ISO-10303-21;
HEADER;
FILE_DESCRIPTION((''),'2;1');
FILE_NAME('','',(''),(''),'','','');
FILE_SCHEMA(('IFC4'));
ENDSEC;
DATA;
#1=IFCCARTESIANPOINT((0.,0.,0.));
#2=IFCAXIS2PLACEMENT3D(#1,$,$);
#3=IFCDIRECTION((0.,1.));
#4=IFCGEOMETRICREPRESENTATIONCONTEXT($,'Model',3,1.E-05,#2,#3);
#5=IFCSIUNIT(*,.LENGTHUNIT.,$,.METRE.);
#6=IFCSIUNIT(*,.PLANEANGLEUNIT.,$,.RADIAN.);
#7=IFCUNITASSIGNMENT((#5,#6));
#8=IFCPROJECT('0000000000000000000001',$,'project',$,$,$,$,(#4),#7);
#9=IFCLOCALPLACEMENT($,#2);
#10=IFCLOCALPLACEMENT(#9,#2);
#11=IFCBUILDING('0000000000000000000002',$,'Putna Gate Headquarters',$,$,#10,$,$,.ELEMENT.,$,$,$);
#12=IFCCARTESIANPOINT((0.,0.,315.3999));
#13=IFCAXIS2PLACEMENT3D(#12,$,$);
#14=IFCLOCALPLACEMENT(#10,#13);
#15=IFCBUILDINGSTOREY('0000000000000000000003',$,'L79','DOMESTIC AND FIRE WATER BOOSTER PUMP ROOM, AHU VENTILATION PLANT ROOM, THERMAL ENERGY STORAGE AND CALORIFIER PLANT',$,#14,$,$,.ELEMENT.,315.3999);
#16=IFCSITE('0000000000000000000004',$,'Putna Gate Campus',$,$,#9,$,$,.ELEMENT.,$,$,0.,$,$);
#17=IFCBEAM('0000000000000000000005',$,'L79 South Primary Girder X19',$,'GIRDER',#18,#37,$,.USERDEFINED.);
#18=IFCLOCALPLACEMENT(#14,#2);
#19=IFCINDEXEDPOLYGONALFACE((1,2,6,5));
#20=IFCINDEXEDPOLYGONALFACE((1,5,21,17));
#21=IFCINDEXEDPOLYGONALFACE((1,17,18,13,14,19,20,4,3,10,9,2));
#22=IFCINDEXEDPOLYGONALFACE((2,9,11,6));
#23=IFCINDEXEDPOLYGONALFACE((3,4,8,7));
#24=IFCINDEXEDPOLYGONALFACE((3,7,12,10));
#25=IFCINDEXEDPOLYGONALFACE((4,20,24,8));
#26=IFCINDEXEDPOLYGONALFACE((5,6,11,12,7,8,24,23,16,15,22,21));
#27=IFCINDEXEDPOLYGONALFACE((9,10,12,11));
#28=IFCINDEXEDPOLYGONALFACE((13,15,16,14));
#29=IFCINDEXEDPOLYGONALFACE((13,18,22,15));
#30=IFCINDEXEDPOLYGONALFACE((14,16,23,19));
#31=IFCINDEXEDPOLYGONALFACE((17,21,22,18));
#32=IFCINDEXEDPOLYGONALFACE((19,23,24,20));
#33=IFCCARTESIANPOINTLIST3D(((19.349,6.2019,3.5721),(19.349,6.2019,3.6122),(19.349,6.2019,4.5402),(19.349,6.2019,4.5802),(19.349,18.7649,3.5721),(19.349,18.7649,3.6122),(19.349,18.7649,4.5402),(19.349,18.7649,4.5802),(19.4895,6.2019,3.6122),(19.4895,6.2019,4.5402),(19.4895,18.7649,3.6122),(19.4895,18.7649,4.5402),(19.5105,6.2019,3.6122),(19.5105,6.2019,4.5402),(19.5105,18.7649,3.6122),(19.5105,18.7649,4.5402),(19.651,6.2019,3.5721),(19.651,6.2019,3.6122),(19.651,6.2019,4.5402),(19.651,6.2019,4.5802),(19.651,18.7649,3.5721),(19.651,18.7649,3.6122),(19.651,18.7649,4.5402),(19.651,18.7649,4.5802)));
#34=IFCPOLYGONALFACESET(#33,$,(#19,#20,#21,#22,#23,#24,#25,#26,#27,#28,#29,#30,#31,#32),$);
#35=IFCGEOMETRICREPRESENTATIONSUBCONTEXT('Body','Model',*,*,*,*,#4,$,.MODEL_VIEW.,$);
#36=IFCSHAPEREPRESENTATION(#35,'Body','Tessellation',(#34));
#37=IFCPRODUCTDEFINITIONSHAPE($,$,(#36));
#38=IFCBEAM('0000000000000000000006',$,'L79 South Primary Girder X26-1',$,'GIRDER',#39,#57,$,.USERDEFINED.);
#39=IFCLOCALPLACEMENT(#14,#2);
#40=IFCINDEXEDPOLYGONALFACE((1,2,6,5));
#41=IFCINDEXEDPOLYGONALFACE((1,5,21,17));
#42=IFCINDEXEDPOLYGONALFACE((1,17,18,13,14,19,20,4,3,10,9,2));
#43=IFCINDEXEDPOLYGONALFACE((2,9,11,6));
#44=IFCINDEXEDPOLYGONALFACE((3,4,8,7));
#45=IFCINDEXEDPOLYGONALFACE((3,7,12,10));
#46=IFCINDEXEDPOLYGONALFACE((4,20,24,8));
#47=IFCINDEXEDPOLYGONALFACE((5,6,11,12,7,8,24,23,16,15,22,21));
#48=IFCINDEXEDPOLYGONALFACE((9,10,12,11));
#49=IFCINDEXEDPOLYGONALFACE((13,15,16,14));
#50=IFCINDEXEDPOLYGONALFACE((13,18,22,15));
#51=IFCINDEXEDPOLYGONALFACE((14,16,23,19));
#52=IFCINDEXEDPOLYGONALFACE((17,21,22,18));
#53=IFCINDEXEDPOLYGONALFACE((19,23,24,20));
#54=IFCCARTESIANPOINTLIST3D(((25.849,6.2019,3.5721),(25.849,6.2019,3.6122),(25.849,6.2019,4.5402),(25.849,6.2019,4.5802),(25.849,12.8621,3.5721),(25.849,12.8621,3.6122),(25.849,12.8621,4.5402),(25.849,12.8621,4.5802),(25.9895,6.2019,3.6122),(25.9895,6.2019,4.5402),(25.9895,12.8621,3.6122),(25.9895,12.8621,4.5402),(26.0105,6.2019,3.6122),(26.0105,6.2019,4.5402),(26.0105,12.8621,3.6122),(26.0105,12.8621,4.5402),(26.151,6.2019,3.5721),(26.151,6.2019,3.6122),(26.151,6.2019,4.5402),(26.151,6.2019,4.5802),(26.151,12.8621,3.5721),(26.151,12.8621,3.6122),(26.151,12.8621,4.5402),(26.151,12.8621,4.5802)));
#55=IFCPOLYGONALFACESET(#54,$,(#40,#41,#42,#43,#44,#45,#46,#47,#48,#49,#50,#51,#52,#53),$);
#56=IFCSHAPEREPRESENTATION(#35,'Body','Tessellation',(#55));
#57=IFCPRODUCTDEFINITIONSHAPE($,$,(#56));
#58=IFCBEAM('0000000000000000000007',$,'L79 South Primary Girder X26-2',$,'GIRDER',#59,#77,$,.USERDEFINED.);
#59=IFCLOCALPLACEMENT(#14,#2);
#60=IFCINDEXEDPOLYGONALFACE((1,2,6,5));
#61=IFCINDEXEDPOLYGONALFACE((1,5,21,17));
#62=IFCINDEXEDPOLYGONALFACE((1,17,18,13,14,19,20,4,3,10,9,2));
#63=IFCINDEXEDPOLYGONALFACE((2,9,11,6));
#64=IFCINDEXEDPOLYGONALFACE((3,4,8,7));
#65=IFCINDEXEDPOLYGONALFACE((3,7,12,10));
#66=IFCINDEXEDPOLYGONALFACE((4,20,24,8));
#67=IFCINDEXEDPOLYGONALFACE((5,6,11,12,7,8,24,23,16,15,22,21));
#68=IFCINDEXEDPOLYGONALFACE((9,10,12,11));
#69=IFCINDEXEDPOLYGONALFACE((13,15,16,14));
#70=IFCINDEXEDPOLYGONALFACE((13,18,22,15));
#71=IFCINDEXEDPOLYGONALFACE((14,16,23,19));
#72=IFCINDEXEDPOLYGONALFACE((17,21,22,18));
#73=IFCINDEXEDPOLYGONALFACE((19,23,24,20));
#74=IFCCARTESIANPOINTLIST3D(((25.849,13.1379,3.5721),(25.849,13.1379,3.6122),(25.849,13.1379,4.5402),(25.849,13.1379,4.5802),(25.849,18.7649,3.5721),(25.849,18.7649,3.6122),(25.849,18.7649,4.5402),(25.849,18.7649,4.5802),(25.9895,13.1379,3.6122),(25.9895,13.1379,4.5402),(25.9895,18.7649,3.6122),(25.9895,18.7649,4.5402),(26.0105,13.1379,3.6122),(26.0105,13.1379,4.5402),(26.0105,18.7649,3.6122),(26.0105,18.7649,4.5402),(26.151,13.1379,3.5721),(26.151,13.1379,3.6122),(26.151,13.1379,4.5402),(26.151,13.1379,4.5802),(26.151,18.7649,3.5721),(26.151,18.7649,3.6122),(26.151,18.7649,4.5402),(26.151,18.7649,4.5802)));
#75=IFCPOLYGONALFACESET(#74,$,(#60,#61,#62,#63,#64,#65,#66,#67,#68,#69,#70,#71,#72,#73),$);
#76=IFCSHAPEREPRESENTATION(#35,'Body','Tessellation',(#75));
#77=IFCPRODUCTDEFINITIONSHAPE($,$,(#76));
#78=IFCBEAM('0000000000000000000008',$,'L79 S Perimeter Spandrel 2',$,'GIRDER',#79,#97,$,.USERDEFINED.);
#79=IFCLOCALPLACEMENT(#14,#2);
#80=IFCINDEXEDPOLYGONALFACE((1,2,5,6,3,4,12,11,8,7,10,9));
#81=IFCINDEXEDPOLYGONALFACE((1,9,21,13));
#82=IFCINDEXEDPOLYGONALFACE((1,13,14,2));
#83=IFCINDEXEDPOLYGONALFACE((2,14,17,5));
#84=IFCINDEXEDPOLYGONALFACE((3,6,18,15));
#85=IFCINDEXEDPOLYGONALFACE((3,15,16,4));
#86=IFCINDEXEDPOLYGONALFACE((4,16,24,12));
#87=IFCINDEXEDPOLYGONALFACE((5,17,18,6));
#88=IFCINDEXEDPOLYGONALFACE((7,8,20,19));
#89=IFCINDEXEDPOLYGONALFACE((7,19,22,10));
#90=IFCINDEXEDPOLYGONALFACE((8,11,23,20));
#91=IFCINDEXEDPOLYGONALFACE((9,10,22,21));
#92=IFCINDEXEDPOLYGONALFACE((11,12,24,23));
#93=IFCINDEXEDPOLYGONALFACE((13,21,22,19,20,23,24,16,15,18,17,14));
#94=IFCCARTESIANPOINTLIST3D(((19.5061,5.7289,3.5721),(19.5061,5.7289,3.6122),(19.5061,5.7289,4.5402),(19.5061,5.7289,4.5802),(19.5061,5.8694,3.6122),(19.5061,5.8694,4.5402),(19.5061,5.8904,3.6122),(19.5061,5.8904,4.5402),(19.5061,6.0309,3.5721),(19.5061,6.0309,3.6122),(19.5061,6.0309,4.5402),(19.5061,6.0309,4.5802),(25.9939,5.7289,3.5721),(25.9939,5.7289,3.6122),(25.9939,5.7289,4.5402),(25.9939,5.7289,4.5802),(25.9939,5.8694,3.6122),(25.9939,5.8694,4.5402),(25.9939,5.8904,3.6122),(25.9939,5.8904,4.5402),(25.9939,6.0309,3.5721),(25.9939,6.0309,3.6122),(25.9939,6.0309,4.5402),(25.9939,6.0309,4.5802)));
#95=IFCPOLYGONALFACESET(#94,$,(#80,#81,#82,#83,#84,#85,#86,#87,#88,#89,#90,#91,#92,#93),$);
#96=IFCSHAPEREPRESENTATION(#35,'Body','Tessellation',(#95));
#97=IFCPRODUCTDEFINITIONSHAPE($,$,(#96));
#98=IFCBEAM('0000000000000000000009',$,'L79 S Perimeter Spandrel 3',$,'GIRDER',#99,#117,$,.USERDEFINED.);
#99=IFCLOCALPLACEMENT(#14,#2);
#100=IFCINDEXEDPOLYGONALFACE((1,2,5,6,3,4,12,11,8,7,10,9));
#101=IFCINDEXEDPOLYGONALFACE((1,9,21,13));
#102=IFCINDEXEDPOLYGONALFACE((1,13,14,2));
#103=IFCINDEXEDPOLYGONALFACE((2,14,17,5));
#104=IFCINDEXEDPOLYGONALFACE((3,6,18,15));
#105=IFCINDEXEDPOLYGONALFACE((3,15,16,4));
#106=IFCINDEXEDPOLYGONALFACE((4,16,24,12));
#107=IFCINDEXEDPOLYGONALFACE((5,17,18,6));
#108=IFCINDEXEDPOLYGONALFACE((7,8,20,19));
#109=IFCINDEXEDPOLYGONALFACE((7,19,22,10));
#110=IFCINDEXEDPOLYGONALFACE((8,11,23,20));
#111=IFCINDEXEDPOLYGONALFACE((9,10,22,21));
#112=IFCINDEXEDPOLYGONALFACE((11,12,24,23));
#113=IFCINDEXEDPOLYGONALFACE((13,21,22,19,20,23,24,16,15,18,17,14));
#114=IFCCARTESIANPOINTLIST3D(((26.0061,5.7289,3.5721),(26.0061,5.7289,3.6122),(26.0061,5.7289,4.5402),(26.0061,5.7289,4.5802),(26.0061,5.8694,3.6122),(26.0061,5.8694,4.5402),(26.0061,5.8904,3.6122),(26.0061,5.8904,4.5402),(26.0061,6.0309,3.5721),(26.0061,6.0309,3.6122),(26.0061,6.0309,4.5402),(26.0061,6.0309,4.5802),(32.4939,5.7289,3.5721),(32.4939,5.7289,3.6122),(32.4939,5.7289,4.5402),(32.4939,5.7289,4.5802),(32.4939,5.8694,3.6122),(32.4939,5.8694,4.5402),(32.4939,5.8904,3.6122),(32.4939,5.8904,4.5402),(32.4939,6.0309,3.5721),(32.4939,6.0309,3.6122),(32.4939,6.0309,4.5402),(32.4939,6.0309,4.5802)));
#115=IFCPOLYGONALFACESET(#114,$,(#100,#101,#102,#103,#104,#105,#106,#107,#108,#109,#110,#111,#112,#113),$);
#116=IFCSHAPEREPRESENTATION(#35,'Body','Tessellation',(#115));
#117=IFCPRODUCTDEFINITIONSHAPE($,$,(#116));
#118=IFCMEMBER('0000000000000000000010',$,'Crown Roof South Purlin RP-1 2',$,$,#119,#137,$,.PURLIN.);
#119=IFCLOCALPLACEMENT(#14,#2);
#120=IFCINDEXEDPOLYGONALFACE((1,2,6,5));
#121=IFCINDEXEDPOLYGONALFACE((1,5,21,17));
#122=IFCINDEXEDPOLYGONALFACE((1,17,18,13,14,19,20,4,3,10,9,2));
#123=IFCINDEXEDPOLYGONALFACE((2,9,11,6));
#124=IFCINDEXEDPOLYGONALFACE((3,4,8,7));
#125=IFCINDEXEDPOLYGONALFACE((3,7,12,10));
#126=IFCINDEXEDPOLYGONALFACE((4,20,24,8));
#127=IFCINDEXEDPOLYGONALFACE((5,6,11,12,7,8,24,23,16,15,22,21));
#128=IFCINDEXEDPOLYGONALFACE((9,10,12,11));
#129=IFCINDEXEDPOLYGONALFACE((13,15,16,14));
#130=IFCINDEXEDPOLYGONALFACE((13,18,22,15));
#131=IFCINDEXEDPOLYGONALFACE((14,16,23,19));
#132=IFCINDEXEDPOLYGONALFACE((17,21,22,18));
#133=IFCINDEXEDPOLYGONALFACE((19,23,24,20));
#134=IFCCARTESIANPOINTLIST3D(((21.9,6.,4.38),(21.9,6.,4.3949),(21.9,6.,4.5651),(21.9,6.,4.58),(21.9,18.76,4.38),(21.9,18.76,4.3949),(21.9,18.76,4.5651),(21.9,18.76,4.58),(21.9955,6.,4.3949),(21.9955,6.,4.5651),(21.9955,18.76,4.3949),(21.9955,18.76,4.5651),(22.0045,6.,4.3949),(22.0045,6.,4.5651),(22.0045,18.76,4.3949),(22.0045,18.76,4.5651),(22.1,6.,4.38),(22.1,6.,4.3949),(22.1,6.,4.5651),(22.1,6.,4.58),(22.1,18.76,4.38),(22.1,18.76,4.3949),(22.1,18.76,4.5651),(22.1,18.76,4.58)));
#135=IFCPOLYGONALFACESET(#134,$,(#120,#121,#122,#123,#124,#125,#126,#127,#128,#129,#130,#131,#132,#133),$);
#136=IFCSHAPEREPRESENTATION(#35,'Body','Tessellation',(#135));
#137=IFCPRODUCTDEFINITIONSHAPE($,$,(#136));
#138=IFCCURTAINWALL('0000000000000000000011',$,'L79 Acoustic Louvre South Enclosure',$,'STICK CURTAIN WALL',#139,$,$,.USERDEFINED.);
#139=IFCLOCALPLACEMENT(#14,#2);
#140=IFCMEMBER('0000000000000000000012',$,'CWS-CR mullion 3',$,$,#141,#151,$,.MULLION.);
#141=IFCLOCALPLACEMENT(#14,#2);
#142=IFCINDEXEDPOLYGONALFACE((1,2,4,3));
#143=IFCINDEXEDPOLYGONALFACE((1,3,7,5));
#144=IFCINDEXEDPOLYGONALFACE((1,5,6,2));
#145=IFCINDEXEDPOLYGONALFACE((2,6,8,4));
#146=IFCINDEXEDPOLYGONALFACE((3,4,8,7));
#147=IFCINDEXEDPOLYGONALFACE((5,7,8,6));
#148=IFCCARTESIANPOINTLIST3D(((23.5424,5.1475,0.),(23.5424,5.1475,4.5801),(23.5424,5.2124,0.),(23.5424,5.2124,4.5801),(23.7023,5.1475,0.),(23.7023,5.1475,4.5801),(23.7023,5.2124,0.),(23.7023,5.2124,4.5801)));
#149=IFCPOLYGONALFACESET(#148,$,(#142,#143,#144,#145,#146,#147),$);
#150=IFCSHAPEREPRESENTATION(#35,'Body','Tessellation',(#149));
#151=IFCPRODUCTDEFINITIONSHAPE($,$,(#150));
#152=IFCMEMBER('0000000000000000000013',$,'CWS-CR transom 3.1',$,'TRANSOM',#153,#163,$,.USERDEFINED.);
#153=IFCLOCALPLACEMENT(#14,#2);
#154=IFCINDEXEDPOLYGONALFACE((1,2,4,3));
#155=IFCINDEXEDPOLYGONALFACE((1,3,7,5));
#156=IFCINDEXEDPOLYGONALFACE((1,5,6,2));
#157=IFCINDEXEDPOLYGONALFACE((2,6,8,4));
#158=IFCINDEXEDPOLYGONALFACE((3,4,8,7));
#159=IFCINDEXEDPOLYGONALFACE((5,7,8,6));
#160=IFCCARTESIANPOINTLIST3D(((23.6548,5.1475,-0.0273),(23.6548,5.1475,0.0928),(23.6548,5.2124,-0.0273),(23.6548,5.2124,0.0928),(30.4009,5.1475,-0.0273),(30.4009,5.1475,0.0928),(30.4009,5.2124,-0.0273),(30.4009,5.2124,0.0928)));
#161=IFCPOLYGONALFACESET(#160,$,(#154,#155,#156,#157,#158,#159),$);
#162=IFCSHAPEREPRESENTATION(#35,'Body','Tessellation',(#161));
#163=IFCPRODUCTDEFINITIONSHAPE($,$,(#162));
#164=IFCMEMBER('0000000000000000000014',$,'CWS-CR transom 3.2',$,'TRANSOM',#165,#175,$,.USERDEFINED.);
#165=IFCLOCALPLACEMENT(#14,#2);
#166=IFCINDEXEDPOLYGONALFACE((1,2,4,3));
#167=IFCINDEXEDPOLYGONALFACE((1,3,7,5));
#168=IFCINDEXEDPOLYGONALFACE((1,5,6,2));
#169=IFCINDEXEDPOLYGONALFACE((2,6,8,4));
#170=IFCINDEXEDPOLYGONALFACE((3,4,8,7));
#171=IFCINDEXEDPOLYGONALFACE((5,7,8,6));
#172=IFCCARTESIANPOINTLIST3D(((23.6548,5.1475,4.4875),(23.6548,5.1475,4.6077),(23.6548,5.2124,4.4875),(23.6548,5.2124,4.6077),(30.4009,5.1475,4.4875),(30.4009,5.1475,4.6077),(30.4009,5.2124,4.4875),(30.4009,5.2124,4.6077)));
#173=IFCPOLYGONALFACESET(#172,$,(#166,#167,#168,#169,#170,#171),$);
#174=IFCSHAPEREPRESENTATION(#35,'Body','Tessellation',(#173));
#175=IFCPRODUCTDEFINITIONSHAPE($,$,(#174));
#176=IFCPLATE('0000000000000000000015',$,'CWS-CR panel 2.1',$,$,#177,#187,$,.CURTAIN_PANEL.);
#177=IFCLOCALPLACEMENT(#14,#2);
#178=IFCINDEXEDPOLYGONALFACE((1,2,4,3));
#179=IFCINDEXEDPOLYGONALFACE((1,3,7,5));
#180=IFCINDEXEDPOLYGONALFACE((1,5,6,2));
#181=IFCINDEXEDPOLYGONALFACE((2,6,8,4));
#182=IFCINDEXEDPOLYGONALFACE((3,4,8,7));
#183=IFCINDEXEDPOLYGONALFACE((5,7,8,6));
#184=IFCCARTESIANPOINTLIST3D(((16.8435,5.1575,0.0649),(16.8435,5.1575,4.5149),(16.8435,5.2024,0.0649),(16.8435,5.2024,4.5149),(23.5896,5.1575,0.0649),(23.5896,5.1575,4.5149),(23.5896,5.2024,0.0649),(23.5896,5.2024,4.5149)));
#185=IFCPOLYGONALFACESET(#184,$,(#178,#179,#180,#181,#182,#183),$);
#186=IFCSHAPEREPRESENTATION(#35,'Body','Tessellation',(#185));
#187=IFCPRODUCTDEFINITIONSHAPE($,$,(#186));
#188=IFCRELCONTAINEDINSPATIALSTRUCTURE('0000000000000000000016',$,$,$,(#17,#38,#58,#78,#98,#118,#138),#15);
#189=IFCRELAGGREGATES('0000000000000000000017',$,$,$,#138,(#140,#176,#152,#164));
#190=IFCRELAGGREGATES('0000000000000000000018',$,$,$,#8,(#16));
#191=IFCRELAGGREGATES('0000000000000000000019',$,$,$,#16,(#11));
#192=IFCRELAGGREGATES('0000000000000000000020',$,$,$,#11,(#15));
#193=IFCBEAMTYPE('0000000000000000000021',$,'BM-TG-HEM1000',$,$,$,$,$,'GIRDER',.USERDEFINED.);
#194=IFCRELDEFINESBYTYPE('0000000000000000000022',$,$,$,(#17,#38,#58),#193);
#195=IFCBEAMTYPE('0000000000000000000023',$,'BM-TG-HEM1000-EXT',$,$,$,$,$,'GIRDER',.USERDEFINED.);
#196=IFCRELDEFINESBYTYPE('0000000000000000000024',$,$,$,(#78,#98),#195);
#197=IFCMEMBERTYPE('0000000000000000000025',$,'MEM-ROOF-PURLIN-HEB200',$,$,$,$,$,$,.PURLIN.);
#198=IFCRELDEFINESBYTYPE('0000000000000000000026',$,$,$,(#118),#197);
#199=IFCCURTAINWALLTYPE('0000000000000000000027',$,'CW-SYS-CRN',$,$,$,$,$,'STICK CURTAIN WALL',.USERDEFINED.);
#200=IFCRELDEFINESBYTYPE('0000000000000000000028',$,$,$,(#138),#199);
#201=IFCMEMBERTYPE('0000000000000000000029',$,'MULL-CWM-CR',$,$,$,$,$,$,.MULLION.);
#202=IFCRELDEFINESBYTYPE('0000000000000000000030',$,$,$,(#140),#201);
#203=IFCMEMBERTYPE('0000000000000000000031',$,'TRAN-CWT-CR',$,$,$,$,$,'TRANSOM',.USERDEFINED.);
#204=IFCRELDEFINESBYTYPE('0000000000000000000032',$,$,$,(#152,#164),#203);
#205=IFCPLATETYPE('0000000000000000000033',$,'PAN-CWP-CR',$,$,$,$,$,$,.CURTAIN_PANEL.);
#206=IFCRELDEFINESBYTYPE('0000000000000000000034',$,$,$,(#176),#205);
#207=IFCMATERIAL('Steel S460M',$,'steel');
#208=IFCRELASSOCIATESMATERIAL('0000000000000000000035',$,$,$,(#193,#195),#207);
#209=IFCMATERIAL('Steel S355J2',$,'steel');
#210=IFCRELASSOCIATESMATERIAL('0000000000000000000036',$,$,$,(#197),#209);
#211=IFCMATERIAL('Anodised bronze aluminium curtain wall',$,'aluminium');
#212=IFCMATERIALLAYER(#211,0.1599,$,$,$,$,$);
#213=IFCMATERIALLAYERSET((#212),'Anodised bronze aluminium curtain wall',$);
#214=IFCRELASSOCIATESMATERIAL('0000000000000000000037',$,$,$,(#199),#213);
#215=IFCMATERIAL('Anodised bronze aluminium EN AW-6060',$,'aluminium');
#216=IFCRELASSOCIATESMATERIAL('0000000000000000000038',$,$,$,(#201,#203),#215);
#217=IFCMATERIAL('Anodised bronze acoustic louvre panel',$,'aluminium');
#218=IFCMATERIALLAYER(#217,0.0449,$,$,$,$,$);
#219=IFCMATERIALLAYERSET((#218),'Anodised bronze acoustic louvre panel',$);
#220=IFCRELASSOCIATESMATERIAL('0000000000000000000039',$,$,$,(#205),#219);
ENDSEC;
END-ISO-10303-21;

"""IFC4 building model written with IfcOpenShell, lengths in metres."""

from ifc_helpers import new_model, si_unit, direction, frame, origin, origin_2d, place, context, subcontext, project, spatial, rectangle, i_section, extrude, material, layer, layer_set, material_profile, profile_set, type_object, element, aggregate, save


model = new_model("IFC4")

# Units and contexts
model_context = context("Model", 3, precision=1e-05, world=origin(), true_north=direction((0.0, 1.0)))
body_context = subcontext(model_context, "Body", "Model", "MODEL_VIEW")
ifc_project = project(units=[si_unit("LENGTHUNIT", "METRE"), si_unit("PLANEANGLEUNIT", "RADIAN")], contexts=[model_context])

# Site, building, storey
site_placement = place(None, origin())
site = spatial("IfcSite", under=ifc_project, at=site_placement, Name="Putna Gate Campus", CompositionType="ELEMENT", RefElevation=0.0)
building_placement = place(site_placement, origin())
building = spatial("IfcBuilding", under=site, at=building_placement, Name="Putna Gate Headquarters", CompositionType="ELEMENT")
storey_placement = place(building_placement, frame((0.0, 0.0, 315.3999)))
storey = spatial("IfcBuildingStorey", under=building, at=storey_placement, Name="L79", Description="DOMESTIC AND FIRE WATER BOOSTER PUMP ROOM, AHU VENTILATION PLANT ROOM, THERMAL ENERGY STORAGE AND CALORIFIER PLANT", CompositionType="ELEMENT", Elevation=315.3999)

# Shared definitions
ifc_material_1 = material(Name="Steel S460M", Category="steel")

# Beams
ifc_material_2 = material(Name="Steel S355J2", Category="steel")
ifc_material_profile_1 = material_profile(ifc_material_1, i_section(OverallWidth=0.302, OverallDepth=1.0081, WebThickness=0.021, FlangeThickness=0.04, at=origin_2d()), Name="Steel S460M")
ifc_profile_set_1 = profile_set([ifc_material_profile_1], Name="Steel S460M")
beam_type_1 = type_object("IfcBeamType", Name="BM-TG-HEM1000", ElementType="GIRDER", PredefinedType="USERDEFINED", material=ifc_profile_set_1)
beam_1_placement = place(storey_placement, frame((19.5, 6.2019, 4.0762), z_axis=(0.0, 1.0, 0.0), x_axis=(-1.0, 0.0, 0.0)))
element("IfcBeam", 1, at=beam_1_placement, inside=storey, type_object=beam_type_1, Name="L79 South Primary Girder X19", ObjectType="GIRDER", PredefinedType="USERDEFINED", context=body_context, shape_type="SweptSolid", body=[
    extrude(i_section(OverallWidth=0.302, OverallDepth=1.0081, WebThickness=0.021, FlangeThickness=0.04, at=origin_2d()), origin(), (0.0, 0.0, 1.0), 12.563),
])
beam_2_placement = place(storey_placement, frame((26.0, 6.2019, 4.0762), z_axis=(0.0, 1.0, 0.0), x_axis=(-1.0, 0.0, 0.0)))
element("IfcBeam", 2, at=beam_2_placement, inside=storey, type_object=beam_type_1, Name="L79 South Primary Girder X26-1", ObjectType="GIRDER", PredefinedType="USERDEFINED", context=body_context, shape_type="SweptSolid", body=[
    extrude(i_section(OverallWidth=0.302, OverallDepth=1.0081, WebThickness=0.021, FlangeThickness=0.04, at=origin_2d()), origin(), (0.0, 0.0, 1.0), 6.6602),
])
beam_3_placement = place(storey_placement, frame((26.0, 13.1379, 4.0762), z_axis=(0.0, 1.0, 0.0), x_axis=(-1.0, 0.0, 0.0)))
element("IfcBeam", 3, at=beam_3_placement, inside=storey, type_object=beam_type_1, Name="L79 South Primary Girder X26-2", ObjectType="GIRDER", PredefinedType="USERDEFINED", context=body_context, shape_type="SweptSolid", body=[
    extrude(i_section(OverallWidth=0.302, OverallDepth=1.0081, WebThickness=0.021, FlangeThickness=0.04, at=origin_2d()), origin(), (0.0, 0.0, 1.0), 5.627),
])
ifc_material_profile_2 = material_profile(ifc_material_1, i_section(OverallWidth=0.302, OverallDepth=1.0081, WebThickness=0.021, FlangeThickness=0.04, at=origin_2d()), Name="Steel S460M")
ifc_profile_set_2 = profile_set([ifc_material_profile_2], Name="Steel S460M")
beam_type_2 = type_object("IfcBeamType", Name="BM-TG-HEM1000-EXT", ElementType="GIRDER", PredefinedType="USERDEFINED", material=ifc_profile_set_2)
for number, where, z_axis, x_axis, name in (
    (4, (19.5061, 5.8799, 4.0762), (1.0, 0.0, 0.0), (0.0, 1.0, 0.0), "L79 S Perimeter Spandrel 2"),
    (5, (26.0061, 5.8799, 4.0762), (1.0, 0.0, 0.0), (0.0, 1.0, 0.0), "L79 S Perimeter Spandrel 3"),
):
    element("IfcBeam", number, at=place(storey_placement, frame(where, z_axis=z_axis, x_axis=x_axis)), inside=storey, type_object=beam_type_2, Name=name, ObjectType="GIRDER", PredefinedType="USERDEFINED", context=body_context, shape_type="SweptSolid", body=[
        extrude(i_section(OverallWidth=0.302, OverallDepth=1.0081, WebThickness=0.021, FlangeThickness=0.04, at=origin_2d()), origin(), (0.0, 0.0, 1.0), 6.4878),
    ])

# Member
ifc_material_profile_3 = material_profile(ifc_material_2, i_section(OverallWidth=0.2, OverallDepth=0.2, WebThickness=0.009, FlangeThickness=0.0149, at=origin_2d()), Name="Steel S355J2")
ifc_profile_set_3 = profile_set([ifc_material_profile_3], Name="Steel S355J2")
member_type_1 = type_object("IfcMemberType", Name="MEM-ROOF-PURLIN-HEB200", PredefinedType="PURLIN", material=ifc_profile_set_3)
member_1_placement = place(storey_placement, frame((22.0, 6.0, 4.48), z_axis=(0.0, 1.0, 0.0), x_axis=(-1.0, 0.0, 0.0)))
element("IfcMember", 6, at=member_1_placement, inside=storey, type_object=member_type_1, Name="Crown Roof South Purlin RP-1 2", PredefinedType="PURLIN", context=body_context, shape_type="SweptSolid", body=[
    extrude(i_section(OverallWidth=0.2, OverallDepth=0.2, WebThickness=0.009, FlangeThickness=0.0149, at=origin_2d()), origin(), (0.0, 0.0, 1.0), 12.76),
])

# Curtain wall, members, plate
ifc_material_3 = material(Name="Anodised bronze aluminium curtain wall", Category="aluminium")
ifc_layer_1 = layer(ifc_material_3, 0.1599)
ifc_layer_set_1 = layer_set([ifc_layer_1], Name="Anodised bronze aluminium curtain wall")
curtain_wall_type = type_object("IfcCurtainWallType", Name="CW-SYS-CRN", ElementType="STICK CURTAIN WALL", PredefinedType="USERDEFINED", material=ifc_layer_set_1)
curtain_wall_placement = place(storey_placement, origin())
curtain_wall = element("IfcCurtainWall", 7, at=curtain_wall_placement, inside=storey, type_object=curtain_wall_type, Name="L79 Acoustic Louvre South Enclosure", ObjectType="STICK CURTAIN WALL", PredefinedType="USERDEFINED")
ifc_material_4 = material(Name="Anodised bronze aluminium EN AW-6060", Category="aluminium")
ifc_material_profile_4 = material_profile(ifc_material_4, rectangle(XDim=0.0649, YDim=0.1599, at=origin_2d()), Name="Anodised bronze aluminium EN AW-6060")
ifc_profile_set_4 = profile_set([ifc_material_profile_4], Name="Anodised bronze aluminium EN AW-6060")
member_type_2 = type_object("IfcMemberType", Name="MULL-CWM-CR", PredefinedType="MULLION", material=ifc_profile_set_4)
member_2_placement = place(storey_placement, frame((23.6223, 5.1799, 0.0), z_axis=(0.0, 0.0, 1.0), x_axis=(0.0, 1.0, 0.0)))
member_2 = element("IfcMember", 8, at=member_2_placement, type_object=member_type_2, Name="CWS-CR mullion 3", PredefinedType="MULLION", context=body_context, shape_type="SweptSolid", body=[
    extrude(rectangle(XDim=0.0649, YDim=0.1599, at=origin_2d()), origin(), (0.0, 0.0, 1.0), 4.5801),
])
ifc_material_profile_5 = material_profile(ifc_material_4, rectangle(XDim=0.0649, YDim=0.1201, at=origin_2d()), Name="Anodised bronze aluminium EN AW-6060")
ifc_profile_set_5 = profile_set([ifc_material_profile_5], Name="Anodised bronze aluminium EN AW-6060")
member_type_3 = type_object("IfcMemberType", Name="TRAN-CWT-CR", ElementType="TRANSOM", PredefinedType="USERDEFINED", material=ifc_profile_set_5)
member_3_placement = place(storey_placement, frame((23.6548, 5.1799, 0.0327), z_axis=(1.0, 0.0, 0.0), x_axis=(0.0, 1.0, 0.0)))
member_3 = element("IfcMember", 9, at=member_3_placement, type_object=member_type_3, Name="CWS-CR transom 3.1", ObjectType="TRANSOM", PredefinedType="USERDEFINED", context=body_context, shape_type="SweptSolid", body=[
    extrude(rectangle(XDim=0.0649, YDim=0.1201, at=origin_2d()), origin(), (0.0, 0.0, 1.0), 6.7461),
])
member_4_placement = place(storey_placement, frame((23.6548, 5.1799, 4.5476), z_axis=(1.0, 0.0, 0.0), x_axis=(0.0, 1.0, 0.0)))
member_4 = element("IfcMember", 10, at=member_4_placement, type_object=member_type_3, Name="CWS-CR transom 3.2", ObjectType="TRANSOM", PredefinedType="USERDEFINED", context=body_context, shape_type="SweptSolid", body=[
    extrude(rectangle(XDim=0.0649, YDim=0.1201, at=origin_2d()), origin(), (0.0, 0.0, 1.0), 6.7461),
])
ifc_material_5 = material(Name="Anodised bronze acoustic louvre panel", Category="aluminium")
ifc_layer_2 = layer(ifc_material_5, 0.0449)
ifc_layer_set_2 = layer_set([ifc_layer_2], Name="Anodised bronze acoustic louvre panel")
plate_type = type_object("IfcPlateType", Name="PAN-CWP-CR", PredefinedType="CURTAIN_PANEL", material=ifc_layer_set_2)
plate_placement = place(storey_placement, frame((20.2166, 5.1799, 0.0649), z_axis=(0.0, 0.0, 1.0), x_axis=(1.0, 0.0, 0.0)))
plate = element("IfcPlate", 11, at=plate_placement, type_object=plate_type, Name="CWS-CR panel 2.1", PredefinedType="CURTAIN_PANEL", context=body_context, shape_type="SweptSolid", body=[
    extrude(rectangle(XDim=6.7461, YDim=0.0449, at=origin_2d()), origin(), (0.0, 0.0, 1.0), 4.45),
])
aggregate(curtain_wall, [member_2, plate, member_3, member_4])

save(model, "model.ifc")
